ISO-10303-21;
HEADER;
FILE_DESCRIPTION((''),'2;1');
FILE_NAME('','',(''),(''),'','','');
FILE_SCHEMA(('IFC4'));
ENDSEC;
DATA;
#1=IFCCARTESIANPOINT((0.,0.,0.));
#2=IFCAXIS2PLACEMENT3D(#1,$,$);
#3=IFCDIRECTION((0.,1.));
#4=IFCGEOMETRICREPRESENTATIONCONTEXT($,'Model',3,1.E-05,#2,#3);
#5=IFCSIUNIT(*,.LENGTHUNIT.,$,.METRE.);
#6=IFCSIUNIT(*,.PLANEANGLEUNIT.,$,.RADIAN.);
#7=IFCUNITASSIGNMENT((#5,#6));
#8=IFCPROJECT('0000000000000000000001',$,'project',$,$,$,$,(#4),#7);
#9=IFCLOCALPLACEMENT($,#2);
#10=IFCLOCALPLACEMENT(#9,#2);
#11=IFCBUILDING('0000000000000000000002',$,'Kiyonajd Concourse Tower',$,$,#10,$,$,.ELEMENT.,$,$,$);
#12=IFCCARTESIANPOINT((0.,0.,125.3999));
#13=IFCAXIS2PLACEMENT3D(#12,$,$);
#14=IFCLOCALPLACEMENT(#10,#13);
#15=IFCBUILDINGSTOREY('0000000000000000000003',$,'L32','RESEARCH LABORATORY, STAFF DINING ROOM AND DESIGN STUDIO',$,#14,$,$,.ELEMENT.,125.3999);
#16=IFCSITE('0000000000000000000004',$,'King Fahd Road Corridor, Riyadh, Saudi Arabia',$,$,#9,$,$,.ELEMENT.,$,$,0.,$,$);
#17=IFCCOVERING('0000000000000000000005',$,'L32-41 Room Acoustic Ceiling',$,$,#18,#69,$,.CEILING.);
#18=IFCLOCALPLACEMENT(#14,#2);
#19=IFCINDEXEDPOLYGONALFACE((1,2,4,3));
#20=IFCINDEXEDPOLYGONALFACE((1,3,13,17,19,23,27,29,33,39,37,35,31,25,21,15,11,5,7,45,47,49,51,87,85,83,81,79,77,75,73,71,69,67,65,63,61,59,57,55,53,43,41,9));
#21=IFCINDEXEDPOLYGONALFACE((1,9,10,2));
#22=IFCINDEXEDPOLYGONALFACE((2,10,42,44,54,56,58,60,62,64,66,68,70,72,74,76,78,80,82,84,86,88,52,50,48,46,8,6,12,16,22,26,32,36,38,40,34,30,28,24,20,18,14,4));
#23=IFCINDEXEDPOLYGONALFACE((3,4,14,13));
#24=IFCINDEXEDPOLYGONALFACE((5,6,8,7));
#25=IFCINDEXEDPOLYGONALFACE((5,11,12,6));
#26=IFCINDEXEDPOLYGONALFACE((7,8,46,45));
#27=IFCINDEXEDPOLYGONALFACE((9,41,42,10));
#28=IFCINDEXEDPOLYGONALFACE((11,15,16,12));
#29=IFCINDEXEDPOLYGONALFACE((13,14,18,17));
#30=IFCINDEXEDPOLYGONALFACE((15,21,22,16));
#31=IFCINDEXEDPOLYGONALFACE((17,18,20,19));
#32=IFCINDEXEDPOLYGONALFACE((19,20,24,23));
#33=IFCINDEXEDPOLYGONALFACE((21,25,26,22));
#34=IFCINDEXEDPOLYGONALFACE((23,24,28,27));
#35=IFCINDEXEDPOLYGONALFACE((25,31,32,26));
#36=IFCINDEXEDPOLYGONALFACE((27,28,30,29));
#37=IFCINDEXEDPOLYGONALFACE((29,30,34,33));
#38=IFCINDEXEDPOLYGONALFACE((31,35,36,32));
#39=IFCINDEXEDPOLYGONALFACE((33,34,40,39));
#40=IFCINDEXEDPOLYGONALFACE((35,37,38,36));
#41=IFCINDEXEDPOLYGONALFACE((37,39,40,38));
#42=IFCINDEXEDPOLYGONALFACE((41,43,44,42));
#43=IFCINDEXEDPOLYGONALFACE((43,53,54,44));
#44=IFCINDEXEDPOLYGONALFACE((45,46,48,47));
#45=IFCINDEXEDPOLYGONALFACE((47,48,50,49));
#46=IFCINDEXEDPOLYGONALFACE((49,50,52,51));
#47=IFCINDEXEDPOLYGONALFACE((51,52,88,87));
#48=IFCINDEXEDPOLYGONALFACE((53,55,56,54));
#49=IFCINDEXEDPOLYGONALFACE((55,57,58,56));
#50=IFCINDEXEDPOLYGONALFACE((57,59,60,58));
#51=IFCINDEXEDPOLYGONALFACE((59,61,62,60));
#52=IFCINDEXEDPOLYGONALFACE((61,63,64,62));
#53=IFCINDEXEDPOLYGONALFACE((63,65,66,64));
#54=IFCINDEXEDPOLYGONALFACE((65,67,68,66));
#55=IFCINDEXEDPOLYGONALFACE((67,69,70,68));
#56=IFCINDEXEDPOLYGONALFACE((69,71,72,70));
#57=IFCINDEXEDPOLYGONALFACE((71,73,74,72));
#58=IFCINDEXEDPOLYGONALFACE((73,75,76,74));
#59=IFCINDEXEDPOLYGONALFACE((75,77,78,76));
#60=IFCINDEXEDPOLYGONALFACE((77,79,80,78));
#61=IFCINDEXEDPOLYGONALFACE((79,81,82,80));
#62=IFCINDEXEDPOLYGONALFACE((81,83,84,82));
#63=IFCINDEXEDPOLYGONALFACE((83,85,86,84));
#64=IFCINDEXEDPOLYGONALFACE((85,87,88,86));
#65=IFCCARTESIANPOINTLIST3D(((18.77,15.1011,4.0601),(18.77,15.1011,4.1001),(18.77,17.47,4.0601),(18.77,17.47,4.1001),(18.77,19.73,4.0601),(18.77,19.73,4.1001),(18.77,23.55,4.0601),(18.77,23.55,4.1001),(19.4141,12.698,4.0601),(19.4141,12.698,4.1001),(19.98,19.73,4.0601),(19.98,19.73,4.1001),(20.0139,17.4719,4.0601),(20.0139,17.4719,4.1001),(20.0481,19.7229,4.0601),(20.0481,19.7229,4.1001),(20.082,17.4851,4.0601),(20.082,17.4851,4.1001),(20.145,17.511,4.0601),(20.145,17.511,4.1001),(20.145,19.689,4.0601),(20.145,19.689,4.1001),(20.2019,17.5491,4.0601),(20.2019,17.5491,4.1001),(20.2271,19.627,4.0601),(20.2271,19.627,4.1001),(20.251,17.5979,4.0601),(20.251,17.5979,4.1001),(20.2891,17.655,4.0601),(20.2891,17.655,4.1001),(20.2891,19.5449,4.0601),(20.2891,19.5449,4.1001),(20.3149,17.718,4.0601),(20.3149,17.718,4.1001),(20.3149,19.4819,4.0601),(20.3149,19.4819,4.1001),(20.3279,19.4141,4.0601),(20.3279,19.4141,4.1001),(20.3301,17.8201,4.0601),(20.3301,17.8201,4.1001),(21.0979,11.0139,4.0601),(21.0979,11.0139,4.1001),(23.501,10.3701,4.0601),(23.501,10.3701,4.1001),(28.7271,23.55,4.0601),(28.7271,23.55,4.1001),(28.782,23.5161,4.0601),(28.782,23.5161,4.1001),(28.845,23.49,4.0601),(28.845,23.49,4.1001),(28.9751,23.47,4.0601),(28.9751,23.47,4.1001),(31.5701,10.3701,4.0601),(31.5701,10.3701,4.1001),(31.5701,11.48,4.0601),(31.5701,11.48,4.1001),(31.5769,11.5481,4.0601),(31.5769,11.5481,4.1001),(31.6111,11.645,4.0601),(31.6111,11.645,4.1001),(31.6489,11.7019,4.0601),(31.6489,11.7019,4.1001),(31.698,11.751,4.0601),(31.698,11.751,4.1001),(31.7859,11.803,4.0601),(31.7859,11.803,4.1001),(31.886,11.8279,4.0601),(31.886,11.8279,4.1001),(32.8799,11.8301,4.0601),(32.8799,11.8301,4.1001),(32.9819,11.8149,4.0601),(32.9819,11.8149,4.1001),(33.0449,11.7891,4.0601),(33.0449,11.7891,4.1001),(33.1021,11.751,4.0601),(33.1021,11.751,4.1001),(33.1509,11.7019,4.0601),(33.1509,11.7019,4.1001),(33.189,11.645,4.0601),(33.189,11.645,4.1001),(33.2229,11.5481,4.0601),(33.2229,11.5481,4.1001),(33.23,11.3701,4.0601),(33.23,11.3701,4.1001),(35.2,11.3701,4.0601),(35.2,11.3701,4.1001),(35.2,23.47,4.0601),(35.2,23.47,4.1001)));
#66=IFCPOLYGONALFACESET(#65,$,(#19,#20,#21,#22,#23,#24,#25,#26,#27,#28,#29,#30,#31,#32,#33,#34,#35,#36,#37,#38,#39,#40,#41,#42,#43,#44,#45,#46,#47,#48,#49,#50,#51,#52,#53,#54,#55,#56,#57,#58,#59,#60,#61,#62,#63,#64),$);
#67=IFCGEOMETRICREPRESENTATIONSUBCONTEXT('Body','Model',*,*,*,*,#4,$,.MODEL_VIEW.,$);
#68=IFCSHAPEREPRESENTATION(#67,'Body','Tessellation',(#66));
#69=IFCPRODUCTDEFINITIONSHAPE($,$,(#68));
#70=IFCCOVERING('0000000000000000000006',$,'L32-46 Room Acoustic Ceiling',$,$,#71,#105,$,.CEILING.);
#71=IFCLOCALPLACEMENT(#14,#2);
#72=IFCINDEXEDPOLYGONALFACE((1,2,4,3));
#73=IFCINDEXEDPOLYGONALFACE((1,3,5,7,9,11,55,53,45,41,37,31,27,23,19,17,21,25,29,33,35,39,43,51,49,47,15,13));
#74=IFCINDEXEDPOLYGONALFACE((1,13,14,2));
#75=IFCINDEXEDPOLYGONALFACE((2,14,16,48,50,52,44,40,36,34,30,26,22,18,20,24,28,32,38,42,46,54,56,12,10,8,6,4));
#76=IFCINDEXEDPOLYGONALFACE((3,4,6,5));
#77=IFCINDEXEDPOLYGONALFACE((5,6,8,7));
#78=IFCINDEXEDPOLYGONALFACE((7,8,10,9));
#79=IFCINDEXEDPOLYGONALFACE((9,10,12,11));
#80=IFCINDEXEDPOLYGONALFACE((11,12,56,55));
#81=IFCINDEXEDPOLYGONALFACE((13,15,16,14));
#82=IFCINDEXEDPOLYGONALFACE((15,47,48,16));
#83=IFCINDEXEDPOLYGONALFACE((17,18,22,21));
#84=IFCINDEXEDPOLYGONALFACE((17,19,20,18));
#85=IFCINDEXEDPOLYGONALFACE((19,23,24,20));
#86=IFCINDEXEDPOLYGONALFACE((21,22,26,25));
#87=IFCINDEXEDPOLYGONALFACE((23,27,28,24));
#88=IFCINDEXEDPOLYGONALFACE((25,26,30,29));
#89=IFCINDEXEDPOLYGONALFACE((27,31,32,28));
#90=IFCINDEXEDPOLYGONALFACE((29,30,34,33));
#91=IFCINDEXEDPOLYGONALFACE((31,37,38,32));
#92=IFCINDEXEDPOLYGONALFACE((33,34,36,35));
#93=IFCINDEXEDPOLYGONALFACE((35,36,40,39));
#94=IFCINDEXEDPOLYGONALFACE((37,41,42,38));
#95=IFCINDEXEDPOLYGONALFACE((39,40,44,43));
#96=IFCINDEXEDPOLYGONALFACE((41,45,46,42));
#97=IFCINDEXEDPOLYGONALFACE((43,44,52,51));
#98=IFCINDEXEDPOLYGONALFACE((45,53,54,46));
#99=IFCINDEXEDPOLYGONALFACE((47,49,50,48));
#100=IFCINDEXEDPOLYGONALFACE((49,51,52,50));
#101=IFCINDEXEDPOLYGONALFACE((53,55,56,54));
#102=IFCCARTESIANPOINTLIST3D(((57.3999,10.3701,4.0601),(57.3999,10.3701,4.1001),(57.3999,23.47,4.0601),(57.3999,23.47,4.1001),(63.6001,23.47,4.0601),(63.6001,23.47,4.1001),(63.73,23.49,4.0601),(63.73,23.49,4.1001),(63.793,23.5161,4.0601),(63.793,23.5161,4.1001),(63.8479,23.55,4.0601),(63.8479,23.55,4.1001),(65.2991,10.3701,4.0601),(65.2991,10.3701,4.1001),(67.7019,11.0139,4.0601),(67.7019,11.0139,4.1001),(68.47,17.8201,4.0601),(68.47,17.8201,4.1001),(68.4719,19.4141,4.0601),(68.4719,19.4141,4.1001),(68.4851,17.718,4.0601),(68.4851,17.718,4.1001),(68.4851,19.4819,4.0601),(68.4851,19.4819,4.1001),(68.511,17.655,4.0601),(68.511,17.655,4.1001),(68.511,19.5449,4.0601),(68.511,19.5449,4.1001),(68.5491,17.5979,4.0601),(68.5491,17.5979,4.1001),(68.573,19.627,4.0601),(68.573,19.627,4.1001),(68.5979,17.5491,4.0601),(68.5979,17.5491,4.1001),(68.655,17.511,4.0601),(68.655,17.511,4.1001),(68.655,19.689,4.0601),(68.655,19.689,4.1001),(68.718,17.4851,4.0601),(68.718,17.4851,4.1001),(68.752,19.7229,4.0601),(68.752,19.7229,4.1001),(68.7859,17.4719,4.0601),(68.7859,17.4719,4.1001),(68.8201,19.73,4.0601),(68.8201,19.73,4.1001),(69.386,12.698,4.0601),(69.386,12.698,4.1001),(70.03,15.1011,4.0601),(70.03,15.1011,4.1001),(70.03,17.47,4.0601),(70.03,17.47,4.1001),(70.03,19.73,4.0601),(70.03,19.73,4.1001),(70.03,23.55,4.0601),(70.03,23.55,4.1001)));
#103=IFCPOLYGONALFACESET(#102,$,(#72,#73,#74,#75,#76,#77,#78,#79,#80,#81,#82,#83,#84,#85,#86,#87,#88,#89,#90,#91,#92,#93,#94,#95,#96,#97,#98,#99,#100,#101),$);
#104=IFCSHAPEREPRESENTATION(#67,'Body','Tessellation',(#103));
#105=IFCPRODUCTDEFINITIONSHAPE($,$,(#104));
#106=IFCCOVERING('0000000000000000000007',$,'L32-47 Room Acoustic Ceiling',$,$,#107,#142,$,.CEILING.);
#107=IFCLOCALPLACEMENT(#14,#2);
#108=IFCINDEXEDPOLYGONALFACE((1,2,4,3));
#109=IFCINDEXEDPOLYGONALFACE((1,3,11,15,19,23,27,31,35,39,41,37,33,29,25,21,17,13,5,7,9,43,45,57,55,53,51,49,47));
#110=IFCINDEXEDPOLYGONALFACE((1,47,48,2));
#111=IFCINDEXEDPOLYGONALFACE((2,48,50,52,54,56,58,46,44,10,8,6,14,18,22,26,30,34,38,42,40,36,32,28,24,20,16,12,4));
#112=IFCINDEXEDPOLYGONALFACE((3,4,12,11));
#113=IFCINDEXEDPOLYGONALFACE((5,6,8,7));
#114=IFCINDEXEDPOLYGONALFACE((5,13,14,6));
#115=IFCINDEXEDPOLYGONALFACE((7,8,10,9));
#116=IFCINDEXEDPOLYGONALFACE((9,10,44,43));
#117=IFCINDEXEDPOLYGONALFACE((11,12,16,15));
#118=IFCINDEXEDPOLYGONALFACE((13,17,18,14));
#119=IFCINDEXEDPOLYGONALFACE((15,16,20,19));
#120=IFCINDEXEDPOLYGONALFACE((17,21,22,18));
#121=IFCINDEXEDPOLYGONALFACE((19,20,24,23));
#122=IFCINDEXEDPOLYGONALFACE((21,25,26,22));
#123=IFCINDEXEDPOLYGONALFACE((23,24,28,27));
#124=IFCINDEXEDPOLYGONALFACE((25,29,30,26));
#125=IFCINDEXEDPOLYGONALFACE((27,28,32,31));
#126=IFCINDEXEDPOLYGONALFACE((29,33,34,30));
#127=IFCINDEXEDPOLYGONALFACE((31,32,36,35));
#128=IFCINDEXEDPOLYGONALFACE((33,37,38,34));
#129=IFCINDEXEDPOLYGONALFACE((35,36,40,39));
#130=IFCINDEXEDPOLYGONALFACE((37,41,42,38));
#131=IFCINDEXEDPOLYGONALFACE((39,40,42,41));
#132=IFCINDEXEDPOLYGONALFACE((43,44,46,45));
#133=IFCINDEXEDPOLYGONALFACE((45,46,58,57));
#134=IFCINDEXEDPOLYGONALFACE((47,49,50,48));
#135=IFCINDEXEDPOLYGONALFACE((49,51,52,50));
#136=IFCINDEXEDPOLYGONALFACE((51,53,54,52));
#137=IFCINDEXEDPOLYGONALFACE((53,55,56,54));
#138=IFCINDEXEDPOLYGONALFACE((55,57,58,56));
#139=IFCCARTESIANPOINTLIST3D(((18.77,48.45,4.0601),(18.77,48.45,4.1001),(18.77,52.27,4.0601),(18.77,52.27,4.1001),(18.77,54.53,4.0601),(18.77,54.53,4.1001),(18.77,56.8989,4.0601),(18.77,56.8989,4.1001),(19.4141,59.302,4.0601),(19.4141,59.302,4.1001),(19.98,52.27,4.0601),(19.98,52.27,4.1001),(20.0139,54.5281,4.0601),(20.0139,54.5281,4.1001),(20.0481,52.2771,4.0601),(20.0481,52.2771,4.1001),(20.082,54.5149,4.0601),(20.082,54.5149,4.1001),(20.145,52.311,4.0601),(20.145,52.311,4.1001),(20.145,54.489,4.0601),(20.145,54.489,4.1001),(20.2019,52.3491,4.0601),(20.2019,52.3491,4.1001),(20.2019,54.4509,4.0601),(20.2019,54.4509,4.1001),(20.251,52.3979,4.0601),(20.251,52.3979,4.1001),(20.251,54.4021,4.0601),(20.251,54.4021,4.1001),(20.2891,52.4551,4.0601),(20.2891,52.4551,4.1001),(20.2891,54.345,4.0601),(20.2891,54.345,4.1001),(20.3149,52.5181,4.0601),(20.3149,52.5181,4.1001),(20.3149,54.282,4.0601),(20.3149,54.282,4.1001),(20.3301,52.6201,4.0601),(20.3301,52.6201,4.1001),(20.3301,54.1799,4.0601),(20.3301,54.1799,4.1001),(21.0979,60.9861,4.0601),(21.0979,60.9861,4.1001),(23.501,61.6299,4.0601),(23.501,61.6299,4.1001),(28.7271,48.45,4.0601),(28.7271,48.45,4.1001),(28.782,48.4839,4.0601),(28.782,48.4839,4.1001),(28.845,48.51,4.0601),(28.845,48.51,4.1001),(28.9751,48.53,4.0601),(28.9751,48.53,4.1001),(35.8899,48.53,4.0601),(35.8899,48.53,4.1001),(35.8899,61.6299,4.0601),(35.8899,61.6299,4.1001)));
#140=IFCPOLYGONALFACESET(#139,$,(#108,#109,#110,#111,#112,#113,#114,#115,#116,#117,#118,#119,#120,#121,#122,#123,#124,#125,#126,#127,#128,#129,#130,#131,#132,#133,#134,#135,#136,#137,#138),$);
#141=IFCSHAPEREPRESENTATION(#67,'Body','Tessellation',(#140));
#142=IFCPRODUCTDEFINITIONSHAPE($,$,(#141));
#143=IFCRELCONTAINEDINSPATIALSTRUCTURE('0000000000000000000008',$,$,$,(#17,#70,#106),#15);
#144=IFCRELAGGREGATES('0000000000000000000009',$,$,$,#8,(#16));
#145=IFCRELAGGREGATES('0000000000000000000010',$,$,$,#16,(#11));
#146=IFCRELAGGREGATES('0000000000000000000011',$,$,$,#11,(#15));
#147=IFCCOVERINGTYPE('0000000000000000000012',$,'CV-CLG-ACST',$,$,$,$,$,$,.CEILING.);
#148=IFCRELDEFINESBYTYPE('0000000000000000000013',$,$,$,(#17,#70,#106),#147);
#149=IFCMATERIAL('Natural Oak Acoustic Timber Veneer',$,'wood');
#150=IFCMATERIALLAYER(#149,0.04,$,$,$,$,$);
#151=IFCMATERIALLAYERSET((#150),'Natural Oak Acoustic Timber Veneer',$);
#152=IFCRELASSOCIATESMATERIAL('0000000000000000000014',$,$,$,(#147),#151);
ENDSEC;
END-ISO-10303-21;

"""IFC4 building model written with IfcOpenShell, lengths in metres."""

from ifc_helpers import new_model, si_unit, direction, frame, origin, place, context, subcontext, project, spatial, polyline, outline, extrude, material, layer, layer_set, type_object, element, save


model = new_model("IFC4")

# Units and contexts
model_context = context("Model", 3, precision=1e-05, world=origin(), true_north=direction((0.0, 1.0)))
body_context = subcontext(model_context, "Body", "Model", "MODEL_VIEW")
ifc_project = project(units=[si_unit("LENGTHUNIT", "METRE"), si_unit("PLANEANGLEUNIT", "RADIAN")], contexts=[model_context])

# Site, building, storey
site_placement = place(None, origin())
site = spatial("IfcSite", under=ifc_project, at=site_placement, Name="King Fahd Road Corridor, Riyadh, Saudi Arabia", CompositionType="ELEMENT", RefElevation=0.0)
building_placement = place(site_placement, origin())
building = spatial("IfcBuilding", under=site, at=building_placement, Name="Kiyonajd Concourse Tower", CompositionType="ELEMENT")
storey_placement = place(building_placement, frame((0.0, 0.0, 125.3999)))
storey = spatial("IfcBuildingStorey", under=building, at=storey_placement, Name="L32", Description="RESEARCH LABORATORY, STAFF DINING ROOM AND DESIGN STUDIO", CompositionType="ELEMENT", Elevation=125.3999)

# Coverings
ifc_material_1 = material(Name="Natural Oak Acoustic Timber Veneer", Category="wood")
ifc_layer_1 = layer(ifc_material_1, 0.04)
ifc_layer_set_1 = layer_set([ifc_layer_1], Name="Natural Oak Acoustic Timber Veneer")
covering_type = type_object("IfcCoveringType", Name="CV-CLG-ACST", PredefinedType="CEILING", material=ifc_layer_set_1)
covering_1_placement = place(storey_placement, frame((0.0, 0.0, 4.0601)))
element("IfcCovering", 1, at=covering_1_placement, inside=storey, type_object=covering_type, Name="L32-41 Room Acoustic Ceiling", PredefinedType="CEILING", context=body_context, shape_type="SweptSolid", body=[
    extrude(outline(polyline([(19.4141, 12.698), (18.77, 15.1011), (18.77, 17.47), (20.0139, 17.4719), (20.082, 17.4851), (20.145, 17.511), (20.2019, 17.5491), (20.251, 17.5979), (20.2891, 17.655), (20.3149, 17.718), (20.3301, 17.8201), (20.3279, 19.4141), (20.3149, 19.4819), (20.2891, 19.5449), (20.2271, 19.627), (20.145, 19.689), (20.0481, 19.7229), (19.98, 19.73), (18.77, 19.73), (18.77, 23.55), (28.7271, 23.55), (28.782, 23.5161), (28.845, 23.49), (28.9751, 23.47), (35.2, 23.47), (35.2, 11.3701), (33.23, 11.3701), (33.2229, 11.5481), (33.189, 11.645), (33.1509, 11.7019), (33.1021, 11.751), (33.0449, 11.7891), (32.9819, 11.8149), (32.8799, 11.8301), (31.886, 11.8279), (31.7859, 11.803), (31.698, 11.751), (31.6489, 11.7019), (31.6111, 11.645), (31.5769, 11.5481), (31.5701, 11.48), (31.5701, 10.3701), (23.501, 10.3701), (21.0979, 11.0139), (19.4141, 12.698)])), origin(), (0.0, 0.0, 1.0), 0.04),
])
covering_2_placement = place(storey_placement, frame((0.0, 0.0, 4.0601)))
element("IfcCovering", 2, at=covering_2_placement, inside=storey, type_object=covering_type, Name="L32-46 Room Acoustic Ceiling", PredefinedType="CEILING", context=body_context, shape_type="SweptSolid", body=[
    extrude(outline(polyline([(63.8479, 23.55), (70.03, 23.55), (70.03, 19.73), (68.8201, 19.73), (68.752, 19.7229), (68.655, 19.689), (68.573, 19.627), (68.511, 19.5449), (68.4851, 19.4819), (68.4719, 19.4141), (68.47, 17.8201), (68.4851, 17.718), (68.511, 17.655), (68.5491, 17.5979), (68.5979, 17.5491), (68.655, 17.511), (68.718, 17.4851), (68.7859, 17.4719), (70.03, 17.47), (70.03, 15.1011), (69.386, 12.698), (67.7019, 11.0139), (65.2991, 10.3701), (57.3999, 10.3701), (57.3999, 23.47), (63.6001, 23.47), (63.73, 23.49), (63.793, 23.5161), (63.8479, 23.55)])), origin(), (0.0, 0.0, 1.0), 0.04),
])
covering_3_placement = place(storey_placement, frame((0.0, 0.0, 4.0601)))
element("IfcCovering", 3, at=covering_3_placement, inside=storey, type_object=covering_type, Name="L32-47 Room Acoustic Ceiling", PredefinedType="CEILING", context=body_context, shape_type="SweptSolid", body=[
    extrude(outline(polyline([(21.0979, 60.9861), (23.501, 61.6299), (35.8899, 61.6299), (35.8899, 48.53), (28.9751, 48.53), (28.845, 48.51), (28.782, 48.4839), (28.7271, 48.45), (18.77, 48.45), (18.77, 52.27), (19.98, 52.27), (20.0481, 52.2771), (20.145, 52.311), (20.2019, 52.3491), (20.251, 52.3979), (20.2891, 52.4551), (20.3149, 52.5181), (20.3301, 52.6201), (20.3301, 54.1799), (20.3149, 54.282), (20.2891, 54.345), (20.251, 54.4021), (20.2019, 54.4509), (20.145, 54.489), (20.082, 54.5149), (20.0139, 54.5281), (18.77, 54.53), (18.77, 56.8989), (19.4141, 59.302), (21.0979, 60.9861)])), origin(), (0.0, 0.0, 1.0), 0.04),
])

save(model, "model.ifc")
